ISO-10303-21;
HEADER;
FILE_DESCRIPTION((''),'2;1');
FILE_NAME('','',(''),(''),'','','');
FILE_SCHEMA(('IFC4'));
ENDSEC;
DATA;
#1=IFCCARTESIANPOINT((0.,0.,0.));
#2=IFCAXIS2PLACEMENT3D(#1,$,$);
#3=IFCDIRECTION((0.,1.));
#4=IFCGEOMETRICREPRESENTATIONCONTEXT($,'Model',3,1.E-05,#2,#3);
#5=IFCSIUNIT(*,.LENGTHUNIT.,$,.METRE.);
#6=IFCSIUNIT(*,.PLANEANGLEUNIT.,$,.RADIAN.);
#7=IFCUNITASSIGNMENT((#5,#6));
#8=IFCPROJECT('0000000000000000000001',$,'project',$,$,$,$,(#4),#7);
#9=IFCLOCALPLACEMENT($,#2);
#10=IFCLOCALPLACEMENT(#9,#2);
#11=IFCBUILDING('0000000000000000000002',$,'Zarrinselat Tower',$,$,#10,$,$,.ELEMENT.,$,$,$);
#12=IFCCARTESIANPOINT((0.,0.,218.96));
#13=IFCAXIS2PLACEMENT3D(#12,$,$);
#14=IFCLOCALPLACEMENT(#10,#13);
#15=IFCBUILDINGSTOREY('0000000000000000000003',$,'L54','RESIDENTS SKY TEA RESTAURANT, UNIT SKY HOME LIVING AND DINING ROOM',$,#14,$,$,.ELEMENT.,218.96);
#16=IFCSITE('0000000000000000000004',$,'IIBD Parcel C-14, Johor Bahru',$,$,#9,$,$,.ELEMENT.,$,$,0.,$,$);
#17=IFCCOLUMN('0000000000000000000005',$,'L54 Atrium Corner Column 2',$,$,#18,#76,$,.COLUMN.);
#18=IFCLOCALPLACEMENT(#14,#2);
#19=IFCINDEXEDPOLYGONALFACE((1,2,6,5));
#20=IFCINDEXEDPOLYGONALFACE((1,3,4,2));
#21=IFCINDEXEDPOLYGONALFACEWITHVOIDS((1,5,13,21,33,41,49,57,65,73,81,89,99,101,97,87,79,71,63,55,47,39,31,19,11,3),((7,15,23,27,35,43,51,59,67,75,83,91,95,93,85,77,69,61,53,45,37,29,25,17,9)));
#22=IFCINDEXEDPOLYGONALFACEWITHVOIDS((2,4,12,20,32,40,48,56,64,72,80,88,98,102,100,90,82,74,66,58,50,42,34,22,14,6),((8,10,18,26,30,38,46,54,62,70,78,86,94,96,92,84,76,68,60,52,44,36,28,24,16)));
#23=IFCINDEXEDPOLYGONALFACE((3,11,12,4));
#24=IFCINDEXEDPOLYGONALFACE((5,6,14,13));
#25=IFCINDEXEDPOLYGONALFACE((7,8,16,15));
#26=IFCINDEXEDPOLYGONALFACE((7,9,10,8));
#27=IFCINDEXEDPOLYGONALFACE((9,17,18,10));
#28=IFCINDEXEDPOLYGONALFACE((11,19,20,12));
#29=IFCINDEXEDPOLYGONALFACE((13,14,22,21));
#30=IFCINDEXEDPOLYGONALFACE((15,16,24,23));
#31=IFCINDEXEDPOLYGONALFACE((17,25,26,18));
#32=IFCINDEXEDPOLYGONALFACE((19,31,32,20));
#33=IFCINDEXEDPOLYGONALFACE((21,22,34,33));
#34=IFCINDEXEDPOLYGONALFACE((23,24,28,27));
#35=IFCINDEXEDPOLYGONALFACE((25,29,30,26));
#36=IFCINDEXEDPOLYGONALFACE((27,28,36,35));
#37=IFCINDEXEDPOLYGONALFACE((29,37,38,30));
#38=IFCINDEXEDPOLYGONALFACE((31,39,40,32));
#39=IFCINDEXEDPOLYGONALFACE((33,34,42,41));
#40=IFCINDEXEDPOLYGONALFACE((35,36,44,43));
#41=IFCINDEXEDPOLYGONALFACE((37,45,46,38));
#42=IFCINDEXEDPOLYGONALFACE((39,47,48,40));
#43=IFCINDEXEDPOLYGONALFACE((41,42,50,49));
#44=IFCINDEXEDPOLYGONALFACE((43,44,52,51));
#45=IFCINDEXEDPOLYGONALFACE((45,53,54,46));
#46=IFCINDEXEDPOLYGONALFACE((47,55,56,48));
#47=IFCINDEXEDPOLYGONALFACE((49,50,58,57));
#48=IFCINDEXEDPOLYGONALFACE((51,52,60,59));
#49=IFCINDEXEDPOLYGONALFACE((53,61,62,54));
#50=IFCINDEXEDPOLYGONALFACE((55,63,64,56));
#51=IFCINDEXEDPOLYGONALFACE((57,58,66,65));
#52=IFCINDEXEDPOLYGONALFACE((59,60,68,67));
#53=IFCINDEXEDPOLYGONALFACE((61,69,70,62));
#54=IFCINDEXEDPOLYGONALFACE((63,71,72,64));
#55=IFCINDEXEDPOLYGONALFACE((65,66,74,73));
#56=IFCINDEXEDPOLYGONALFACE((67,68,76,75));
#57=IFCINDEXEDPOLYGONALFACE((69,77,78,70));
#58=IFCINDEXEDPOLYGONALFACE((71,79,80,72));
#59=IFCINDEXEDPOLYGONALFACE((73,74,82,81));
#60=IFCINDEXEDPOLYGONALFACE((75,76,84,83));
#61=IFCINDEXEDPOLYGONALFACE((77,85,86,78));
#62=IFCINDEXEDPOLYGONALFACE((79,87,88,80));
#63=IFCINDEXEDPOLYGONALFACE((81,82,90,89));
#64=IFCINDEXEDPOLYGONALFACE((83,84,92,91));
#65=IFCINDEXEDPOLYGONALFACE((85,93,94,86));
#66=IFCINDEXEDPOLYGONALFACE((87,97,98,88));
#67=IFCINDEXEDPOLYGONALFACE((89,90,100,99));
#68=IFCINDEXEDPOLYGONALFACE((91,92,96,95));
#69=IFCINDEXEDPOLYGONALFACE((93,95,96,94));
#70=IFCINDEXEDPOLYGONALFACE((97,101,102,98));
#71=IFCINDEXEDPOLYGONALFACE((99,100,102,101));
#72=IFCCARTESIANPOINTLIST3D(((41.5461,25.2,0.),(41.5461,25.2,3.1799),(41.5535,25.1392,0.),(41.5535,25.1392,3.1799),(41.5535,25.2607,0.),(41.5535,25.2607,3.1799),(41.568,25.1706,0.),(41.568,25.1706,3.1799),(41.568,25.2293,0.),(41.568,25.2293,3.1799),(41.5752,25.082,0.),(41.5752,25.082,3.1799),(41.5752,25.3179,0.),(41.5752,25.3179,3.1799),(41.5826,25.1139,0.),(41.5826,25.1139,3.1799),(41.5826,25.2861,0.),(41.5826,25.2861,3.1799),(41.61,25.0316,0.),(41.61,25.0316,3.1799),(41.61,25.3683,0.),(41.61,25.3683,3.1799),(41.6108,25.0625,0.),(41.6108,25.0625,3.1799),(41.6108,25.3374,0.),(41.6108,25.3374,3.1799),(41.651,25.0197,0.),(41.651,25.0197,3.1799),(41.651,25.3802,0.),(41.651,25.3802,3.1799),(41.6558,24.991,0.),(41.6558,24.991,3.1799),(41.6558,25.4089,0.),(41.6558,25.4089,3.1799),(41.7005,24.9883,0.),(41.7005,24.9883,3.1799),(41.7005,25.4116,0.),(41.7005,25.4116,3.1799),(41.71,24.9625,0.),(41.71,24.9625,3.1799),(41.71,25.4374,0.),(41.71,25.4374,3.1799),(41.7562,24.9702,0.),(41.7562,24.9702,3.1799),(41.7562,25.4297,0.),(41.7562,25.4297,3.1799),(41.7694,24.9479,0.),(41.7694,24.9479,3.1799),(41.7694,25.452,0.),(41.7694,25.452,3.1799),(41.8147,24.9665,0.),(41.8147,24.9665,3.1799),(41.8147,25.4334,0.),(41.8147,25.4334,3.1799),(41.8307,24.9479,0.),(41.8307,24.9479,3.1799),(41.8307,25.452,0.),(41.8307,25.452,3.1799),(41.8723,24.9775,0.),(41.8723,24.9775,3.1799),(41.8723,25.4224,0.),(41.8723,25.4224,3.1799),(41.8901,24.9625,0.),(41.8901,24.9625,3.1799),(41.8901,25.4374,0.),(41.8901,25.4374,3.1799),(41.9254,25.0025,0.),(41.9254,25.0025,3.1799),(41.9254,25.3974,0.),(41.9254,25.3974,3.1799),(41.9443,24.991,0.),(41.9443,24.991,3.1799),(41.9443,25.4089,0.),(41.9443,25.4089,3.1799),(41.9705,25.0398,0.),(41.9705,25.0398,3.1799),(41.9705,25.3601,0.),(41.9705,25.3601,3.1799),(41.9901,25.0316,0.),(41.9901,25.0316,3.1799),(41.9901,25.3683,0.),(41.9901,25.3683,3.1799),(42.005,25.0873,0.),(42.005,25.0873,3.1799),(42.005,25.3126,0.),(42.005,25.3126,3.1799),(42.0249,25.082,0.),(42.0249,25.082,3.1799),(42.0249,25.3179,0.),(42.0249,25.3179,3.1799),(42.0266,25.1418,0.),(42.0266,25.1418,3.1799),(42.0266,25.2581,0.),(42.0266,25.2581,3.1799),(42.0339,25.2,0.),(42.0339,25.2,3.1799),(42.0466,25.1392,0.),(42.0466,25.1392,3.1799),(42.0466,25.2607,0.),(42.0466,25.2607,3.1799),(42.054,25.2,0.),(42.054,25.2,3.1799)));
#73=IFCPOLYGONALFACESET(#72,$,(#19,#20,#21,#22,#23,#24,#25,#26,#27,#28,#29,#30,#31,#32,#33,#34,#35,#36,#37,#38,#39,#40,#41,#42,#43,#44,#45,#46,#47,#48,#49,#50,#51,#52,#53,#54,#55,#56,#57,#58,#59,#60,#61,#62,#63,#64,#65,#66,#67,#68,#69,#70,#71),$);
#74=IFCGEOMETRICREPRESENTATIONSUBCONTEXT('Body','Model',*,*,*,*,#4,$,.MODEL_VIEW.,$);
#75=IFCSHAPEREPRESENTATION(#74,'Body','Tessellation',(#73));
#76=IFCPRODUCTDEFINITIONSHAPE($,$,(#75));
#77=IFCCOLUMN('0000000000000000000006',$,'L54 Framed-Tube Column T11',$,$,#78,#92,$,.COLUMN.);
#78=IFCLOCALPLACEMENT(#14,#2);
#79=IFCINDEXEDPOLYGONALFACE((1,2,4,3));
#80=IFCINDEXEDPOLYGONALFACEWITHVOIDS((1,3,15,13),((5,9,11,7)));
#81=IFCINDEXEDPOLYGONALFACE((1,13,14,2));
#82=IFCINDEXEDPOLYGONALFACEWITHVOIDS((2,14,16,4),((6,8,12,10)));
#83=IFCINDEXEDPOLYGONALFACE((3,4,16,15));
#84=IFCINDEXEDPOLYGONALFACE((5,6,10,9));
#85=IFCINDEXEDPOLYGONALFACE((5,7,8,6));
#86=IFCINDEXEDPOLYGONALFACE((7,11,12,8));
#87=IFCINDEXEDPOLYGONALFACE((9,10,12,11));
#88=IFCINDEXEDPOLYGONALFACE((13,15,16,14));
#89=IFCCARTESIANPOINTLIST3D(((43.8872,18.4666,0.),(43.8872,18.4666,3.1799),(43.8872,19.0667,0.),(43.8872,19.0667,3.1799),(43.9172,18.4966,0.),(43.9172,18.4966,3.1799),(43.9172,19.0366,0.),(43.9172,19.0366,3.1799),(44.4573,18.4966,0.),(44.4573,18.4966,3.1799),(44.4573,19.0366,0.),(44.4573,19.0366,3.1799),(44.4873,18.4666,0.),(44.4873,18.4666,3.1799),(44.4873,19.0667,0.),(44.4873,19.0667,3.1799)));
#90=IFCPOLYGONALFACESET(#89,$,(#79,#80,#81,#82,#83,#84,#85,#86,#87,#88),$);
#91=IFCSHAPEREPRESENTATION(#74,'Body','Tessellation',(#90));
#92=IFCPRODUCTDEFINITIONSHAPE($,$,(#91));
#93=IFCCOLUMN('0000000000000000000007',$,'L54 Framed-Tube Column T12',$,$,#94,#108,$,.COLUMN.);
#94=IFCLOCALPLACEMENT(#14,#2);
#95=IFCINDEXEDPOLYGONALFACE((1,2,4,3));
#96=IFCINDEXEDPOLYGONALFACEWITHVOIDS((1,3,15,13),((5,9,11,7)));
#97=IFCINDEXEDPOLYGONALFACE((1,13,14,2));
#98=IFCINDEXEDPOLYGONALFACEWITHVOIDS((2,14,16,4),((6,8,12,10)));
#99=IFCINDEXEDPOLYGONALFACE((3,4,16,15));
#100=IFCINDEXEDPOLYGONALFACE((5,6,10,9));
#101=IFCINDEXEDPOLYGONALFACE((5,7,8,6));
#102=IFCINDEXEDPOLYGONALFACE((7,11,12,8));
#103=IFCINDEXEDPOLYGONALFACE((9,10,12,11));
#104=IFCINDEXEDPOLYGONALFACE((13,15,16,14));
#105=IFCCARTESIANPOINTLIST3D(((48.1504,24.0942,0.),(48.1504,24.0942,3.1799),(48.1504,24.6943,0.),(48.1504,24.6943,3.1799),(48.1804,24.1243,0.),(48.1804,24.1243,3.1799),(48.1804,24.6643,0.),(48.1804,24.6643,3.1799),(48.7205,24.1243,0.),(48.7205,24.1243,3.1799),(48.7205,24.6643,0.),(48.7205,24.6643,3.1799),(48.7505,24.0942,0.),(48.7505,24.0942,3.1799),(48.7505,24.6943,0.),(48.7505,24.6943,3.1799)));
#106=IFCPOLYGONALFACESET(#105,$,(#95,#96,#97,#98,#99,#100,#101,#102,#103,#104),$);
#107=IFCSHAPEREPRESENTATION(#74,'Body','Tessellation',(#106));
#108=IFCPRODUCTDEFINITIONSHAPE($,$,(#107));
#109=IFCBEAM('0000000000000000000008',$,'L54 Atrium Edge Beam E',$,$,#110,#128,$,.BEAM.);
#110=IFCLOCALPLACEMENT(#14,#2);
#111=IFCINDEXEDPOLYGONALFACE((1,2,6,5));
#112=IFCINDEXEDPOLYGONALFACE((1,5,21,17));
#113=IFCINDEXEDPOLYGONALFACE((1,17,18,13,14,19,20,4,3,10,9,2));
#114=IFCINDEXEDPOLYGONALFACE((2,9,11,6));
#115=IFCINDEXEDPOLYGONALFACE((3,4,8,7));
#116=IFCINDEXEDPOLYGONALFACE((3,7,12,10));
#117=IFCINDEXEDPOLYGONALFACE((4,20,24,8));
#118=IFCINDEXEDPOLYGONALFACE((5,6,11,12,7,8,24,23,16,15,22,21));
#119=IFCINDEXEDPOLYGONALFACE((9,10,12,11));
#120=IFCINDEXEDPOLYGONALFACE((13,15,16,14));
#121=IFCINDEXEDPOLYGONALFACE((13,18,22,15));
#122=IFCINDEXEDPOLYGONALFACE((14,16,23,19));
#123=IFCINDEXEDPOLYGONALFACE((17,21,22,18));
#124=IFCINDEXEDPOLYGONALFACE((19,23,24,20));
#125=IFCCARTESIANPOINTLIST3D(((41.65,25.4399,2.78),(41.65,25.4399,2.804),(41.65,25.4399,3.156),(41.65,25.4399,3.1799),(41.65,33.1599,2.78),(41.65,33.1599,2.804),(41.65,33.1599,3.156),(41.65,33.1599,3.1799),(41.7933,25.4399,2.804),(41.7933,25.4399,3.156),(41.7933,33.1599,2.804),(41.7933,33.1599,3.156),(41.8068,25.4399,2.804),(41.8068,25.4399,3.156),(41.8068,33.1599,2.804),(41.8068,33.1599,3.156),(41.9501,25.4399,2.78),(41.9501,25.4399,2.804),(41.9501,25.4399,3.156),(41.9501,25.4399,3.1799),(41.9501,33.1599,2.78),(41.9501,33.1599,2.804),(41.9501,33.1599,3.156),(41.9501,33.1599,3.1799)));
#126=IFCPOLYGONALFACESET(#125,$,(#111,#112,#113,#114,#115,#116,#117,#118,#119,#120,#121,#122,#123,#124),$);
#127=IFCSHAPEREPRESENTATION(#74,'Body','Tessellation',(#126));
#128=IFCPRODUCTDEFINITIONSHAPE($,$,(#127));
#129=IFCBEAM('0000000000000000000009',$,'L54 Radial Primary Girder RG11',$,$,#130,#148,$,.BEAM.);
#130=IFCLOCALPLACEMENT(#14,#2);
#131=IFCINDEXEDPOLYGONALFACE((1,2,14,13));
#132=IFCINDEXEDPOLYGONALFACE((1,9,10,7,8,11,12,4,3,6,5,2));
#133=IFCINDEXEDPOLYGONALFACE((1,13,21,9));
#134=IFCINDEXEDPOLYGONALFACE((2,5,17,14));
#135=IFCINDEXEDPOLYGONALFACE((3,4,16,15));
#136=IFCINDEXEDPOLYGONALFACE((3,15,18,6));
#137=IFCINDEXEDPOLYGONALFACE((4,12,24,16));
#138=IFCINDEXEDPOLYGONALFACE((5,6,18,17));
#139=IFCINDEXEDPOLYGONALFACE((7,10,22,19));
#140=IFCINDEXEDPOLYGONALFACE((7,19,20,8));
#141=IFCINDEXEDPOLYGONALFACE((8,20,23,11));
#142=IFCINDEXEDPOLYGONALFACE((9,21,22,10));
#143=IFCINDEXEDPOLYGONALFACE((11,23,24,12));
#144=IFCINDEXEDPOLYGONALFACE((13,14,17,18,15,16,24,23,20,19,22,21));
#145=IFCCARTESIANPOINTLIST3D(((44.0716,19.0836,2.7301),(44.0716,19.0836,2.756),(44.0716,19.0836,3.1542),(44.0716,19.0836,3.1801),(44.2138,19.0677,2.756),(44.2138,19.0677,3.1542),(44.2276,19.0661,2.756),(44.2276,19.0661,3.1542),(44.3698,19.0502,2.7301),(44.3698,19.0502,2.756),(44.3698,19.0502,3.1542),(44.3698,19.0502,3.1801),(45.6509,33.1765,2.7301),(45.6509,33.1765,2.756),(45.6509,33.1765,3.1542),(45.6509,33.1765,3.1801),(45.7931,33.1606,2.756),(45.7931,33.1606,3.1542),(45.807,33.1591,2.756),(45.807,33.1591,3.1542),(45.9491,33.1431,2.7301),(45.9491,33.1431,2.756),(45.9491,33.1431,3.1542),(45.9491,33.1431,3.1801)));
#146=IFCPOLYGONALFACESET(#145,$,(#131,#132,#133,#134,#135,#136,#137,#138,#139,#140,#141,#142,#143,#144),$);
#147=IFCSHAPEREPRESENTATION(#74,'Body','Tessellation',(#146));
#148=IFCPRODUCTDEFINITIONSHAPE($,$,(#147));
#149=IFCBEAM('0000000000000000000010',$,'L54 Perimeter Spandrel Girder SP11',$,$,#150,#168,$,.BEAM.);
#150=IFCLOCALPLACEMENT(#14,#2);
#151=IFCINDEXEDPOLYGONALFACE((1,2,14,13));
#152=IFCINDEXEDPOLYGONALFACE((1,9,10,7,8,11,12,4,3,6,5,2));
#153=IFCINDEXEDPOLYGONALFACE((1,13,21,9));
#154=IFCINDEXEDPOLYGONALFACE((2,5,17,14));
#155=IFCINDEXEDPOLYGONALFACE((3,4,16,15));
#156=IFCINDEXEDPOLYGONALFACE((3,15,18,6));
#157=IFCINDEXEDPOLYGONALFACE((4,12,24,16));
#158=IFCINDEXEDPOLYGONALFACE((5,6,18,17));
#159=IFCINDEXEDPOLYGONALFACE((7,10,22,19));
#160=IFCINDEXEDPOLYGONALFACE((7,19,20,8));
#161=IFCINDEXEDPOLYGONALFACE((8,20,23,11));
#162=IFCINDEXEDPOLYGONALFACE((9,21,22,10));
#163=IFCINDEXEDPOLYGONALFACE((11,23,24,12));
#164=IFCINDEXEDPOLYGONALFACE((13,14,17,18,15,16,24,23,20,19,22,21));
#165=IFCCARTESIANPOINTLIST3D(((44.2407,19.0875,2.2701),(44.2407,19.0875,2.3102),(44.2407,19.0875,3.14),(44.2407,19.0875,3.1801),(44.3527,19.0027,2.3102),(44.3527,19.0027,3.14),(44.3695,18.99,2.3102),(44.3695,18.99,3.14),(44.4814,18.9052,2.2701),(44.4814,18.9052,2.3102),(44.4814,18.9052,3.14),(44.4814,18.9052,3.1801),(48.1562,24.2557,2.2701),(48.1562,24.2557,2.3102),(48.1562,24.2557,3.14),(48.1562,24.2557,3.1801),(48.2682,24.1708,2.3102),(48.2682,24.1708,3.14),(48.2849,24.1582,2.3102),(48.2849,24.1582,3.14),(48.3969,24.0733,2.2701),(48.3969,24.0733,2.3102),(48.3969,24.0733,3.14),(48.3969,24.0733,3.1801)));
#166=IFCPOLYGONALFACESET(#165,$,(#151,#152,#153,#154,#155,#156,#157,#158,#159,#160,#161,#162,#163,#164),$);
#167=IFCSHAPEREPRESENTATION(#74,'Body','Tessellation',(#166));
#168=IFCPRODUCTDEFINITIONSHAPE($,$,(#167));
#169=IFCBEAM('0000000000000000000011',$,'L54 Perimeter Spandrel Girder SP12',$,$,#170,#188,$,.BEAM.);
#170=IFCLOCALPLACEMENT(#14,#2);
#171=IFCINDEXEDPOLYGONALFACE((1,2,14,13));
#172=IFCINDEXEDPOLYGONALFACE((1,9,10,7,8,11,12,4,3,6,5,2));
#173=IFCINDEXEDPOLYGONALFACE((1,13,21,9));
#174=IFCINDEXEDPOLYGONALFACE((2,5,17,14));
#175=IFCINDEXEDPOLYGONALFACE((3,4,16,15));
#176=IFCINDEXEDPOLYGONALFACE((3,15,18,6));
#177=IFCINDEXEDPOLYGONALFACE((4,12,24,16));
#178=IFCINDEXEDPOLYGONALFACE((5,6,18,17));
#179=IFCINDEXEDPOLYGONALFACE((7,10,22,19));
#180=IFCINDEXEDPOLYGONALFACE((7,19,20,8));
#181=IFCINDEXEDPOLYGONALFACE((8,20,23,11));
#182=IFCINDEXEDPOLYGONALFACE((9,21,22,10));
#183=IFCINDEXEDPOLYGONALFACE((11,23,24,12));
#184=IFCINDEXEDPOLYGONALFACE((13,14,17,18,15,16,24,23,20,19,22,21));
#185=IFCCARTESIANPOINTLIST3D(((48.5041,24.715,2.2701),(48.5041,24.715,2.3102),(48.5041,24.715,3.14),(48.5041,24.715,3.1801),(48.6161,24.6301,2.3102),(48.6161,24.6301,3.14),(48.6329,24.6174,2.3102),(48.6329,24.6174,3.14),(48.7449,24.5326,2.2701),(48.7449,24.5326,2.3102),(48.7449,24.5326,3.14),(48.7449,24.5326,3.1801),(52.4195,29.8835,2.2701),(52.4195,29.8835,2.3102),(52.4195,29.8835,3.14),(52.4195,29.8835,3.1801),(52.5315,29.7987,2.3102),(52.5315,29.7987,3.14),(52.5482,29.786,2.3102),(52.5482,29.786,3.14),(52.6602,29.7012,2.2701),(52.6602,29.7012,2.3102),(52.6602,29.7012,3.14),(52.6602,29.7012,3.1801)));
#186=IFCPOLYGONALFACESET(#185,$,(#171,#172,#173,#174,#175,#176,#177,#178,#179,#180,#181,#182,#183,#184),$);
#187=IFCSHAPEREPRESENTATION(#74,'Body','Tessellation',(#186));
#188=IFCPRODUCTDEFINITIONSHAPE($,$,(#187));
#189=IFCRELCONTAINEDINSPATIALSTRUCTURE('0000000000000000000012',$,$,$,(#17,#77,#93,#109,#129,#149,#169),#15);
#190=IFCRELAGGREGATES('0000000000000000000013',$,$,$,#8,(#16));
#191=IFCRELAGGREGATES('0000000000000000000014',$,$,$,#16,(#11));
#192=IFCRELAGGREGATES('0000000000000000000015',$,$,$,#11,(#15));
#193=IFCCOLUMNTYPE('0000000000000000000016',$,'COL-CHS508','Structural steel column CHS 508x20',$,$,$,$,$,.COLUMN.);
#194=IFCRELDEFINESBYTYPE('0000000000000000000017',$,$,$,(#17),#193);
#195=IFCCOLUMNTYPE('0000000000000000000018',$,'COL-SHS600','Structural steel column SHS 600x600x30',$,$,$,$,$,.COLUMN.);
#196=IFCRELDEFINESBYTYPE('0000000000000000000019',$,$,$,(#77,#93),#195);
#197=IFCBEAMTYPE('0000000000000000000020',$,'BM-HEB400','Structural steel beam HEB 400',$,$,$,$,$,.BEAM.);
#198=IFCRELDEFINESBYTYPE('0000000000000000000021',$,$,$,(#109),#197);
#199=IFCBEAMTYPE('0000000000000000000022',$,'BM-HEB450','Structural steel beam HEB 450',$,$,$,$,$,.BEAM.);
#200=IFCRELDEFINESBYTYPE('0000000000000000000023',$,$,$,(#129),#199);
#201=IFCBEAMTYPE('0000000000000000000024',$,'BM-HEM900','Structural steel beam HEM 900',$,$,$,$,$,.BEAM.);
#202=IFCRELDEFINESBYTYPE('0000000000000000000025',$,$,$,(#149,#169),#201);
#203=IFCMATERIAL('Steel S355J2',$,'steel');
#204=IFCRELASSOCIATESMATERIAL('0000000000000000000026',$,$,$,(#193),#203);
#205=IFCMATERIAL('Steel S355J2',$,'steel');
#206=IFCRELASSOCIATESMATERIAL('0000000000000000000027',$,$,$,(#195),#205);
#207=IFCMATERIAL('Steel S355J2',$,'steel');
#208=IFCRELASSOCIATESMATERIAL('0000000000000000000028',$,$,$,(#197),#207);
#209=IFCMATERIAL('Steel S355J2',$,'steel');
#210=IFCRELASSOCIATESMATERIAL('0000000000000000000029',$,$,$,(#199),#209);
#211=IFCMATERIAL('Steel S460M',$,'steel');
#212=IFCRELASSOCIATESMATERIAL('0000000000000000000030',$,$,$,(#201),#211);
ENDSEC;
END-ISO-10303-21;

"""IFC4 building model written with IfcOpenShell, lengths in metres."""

from ifc_helpers import new_model, si_unit, direction, frame, origin, origin_2d, place, context, subcontext, project, spatial, hollow_rectangle, hollow_circle, i_section, extrude, material, material_profile, profile_set, type_object, element, save


model = new_model("IFC4")

# Units and contexts
model_context = context("Model", 3, precision=1e-05, world=origin(), true_north=direction((0.0, 1.0)))
body_context = subcontext(model_context, "Body", "Model", "MODEL_VIEW")
ifc_project = project(units=[si_unit("LENGTHUNIT", "METRE"), si_unit("PLANEANGLEUNIT", "RADIAN")], contexts=[model_context])

# Site, building, storey
site_placement = place(None, origin())
site = spatial("IfcSite", under=ifc_project, at=site_placement, Name="IIBD Parcel C-14, Johor Bahru", CompositionType="ELEMENT", RefElevation=0.0)
building_placement = place(site_placement, origin())
building = spatial("IfcBuilding", under=site, at=building_placement, Name="Zarrinselat Tower", CompositionType="ELEMENT")
storey_placement = place(building_placement, frame((0.0, 0.0, 218.96)))
storey = spatial("IfcBuildingStorey", under=building, at=storey_placement, Name="L54", Description="RESIDENTS SKY TEA RESTAURANT, UNIT SKY HOME LIVING AND DINING ROOM", CompositionType="ELEMENT", Elevation=218.96)

# Columns
ifc_material_1 = material(Name="Steel S355J2", Category="steel")
ifc_material_profile_1 = material_profile(ifc_material_1, hollow_circle(Radius=0.2539, WallThickness=0.02, at=origin_2d()), Name="CHS 508x20")
ifc_profile_set_1 = profile_set([ifc_material_profile_1], Name="Steel S355J2")
column_type_1 = type_object("IfcColumnType", Name="COL-CHS508", Description="Structural steel column CHS 508x20", PredefinedType="COLUMN", material=ifc_profile_set_1)
column_placement = place(storey_placement, frame((41.8, 25.2, 0.0), z_axis=(0.0, 0.0, 1.0), x_axis=(1.0, 0.0, 0.0)))
element("IfcColumn", 1, at=column_placement, inside=storey, type_object=column_type_1, Name="L54 Atrium Corner Column 2", PredefinedType="COLUMN", context=body_context, shape_type="SweptSolid", body=[
    extrude(hollow_circle(Radius=0.2539, WallThickness=0.02, at=origin_2d()), origin(), (0.0, 0.0, 1.0), 3.1799),
])
ifc_material_2 = material(Name="Steel S355J2", Category="steel")
ifc_material_profile_2 = material_profile(ifc_material_2, hollow_rectangle(XDim=0.6001, YDim=0.6001, WallThickness=0.03, at=origin_2d()), Name="SHS 600x600x30")
ifc_profile_set_2 = profile_set([ifc_material_profile_2], Name="Steel S355J2")
column_type_2 = type_object("IfcColumnType", Name="COL-SHS600", Description="Structural steel column SHS 600x600x30", PredefinedType="COLUMN", material=ifc_profile_set_2)
for number, where, z_axis, x_axis, name in (
    (2, (44.1873, 18.7666, 0.0), (0.0, 0.0, 1.0), (1.0, 0.0, 0.0), "L54 Framed-Tube Column T11"),
    (3, (48.4504, 24.3943, 0.0), (0.0, 0.0, 1.0), (1.0, 0.0, 0.0), "L54 Framed-Tube Column T12"),
):
    element("IfcColumn", number, at=place(storey_placement, frame(where, z_axis=z_axis, x_axis=x_axis)), inside=storey, type_object=column_type_2, Name=name, PredefinedType="COLUMN", context=body_context, shape_type="SweptSolid", body=[
        extrude(hollow_rectangle(XDim=0.6001, YDim=0.6001, WallThickness=0.03, at=origin_2d()), origin(), (0.0, 0.0, 1.0), 3.1799),
    ])

# Beams
ifc_material_3 = material(Name="Steel S355J2", Category="steel")
ifc_material_profile_3 = material_profile(ifc_material_3, i_section(OverallWidth=0.3, OverallDepth=0.3999, WebThickness=0.0134, FlangeThickness=0.0239, at=origin_2d()), Name="HEB 400")
ifc_profile_set_3 = profile_set([ifc_material_profile_3], Name="Steel S355J2")
beam_type_1 = type_object("IfcBeamType", Name="BM-HEB400", Description="Structural steel beam HEB 400", PredefinedType="BEAM", material=ifc_profile_set_3)
beam_1_placement = place(storey_placement, frame((41.8, 25.4399, 2.98), z_axis=(0.0, 1.0, 0.0), x_axis=(-1.0, 0.0, 0.0)))
element("IfcBeam", 4, at=beam_1_placement, inside=storey, type_object=beam_type_1, Name="L54 Atrium Edge Beam E", PredefinedType="BEAM", context=body_context, shape_type="SweptSolid", body=[
    extrude(i_section(OverallWidth=0.3, OverallDepth=0.3999, WebThickness=0.0134, FlangeThickness=0.0239, at=origin_2d()), origin(), (0.0, 0.0, 1.0), 7.72),
])
ifc_material_4 = material(Name="Steel S355J2", Category="steel")
ifc_material_profile_4 = material_profile(ifc_material_4, i_section(OverallWidth=0.3, OverallDepth=0.45, WebThickness=0.0139, FlangeThickness=0.0259, at=origin_2d()), Name="HEB 450")
ifc_profile_set_4 = profile_set([ifc_material_profile_4], Name="Steel S355J2")
beam_type_2 = type_object("IfcBeamType", Name="BM-HEB450", Description="Structural steel beam HEB 450", PredefinedType="BEAM", material=ifc_profile_set_4)
beam_2_placement = place(storey_placement, frame((44.2207, 19.0669, 2.9551), z_axis=(0.111369, 0.993779, 0.0), x_axis=(-0.993779, 0.111369, 0.0)))
element("IfcBeam", 5, at=beam_2_placement, inside=storey, type_object=beam_type_2, Name="L54 Radial Primary Girder RG11", PredefinedType="BEAM", context=body_context, shape_type="SweptSolid", body=[
    extrude(i_section(OverallWidth=0.3, OverallDepth=0.45, WebThickness=0.0139, FlangeThickness=0.0259, at=origin_2d()), origin(), (0.0, 0.0, 1.0), 14.1812),
])
ifc_material_5 = material(Name="Steel S460M", Category="steel")
ifc_material_profile_5 = material_profile(ifc_material_5, i_section(OverallWidth=0.302, OverallDepth=0.9099, WebThickness=0.021, FlangeThickness=0.04, at=origin_2d()), Name="HEM 900")
ifc_profile_set_5 = profile_set([ifc_material_profile_5], Name="Steel S460M")
beam_type_3 = type_object("IfcBeamType", Name="BM-HEM900", Description="Structural steel beam HEM 900", PredefinedType="BEAM", material=ifc_profile_set_5)
beam_3_placement = place(storey_placement, frame((44.3611, 18.9963, 2.7251), z_axis=(0.603879, 0.797076, 0.0), x_axis=(-0.797076, 0.603879, 0.0)))
element("IfcBeam", 6, at=beam_3_placement, inside=storey, type_object=beam_type_3, Name="L54 Perimeter Spandrel Girder SP11", PredefinedType="BEAM", context=body_context, shape_type="SweptSolid", body=[
    extrude(i_section(OverallWidth=0.302, OverallDepth=0.9099, WebThickness=0.021, FlangeThickness=0.04, at=origin_2d()), origin(), (0.0, 0.0, 1.0), 6.4839),
])
beam_4_placement = place(storey_placement, frame((48.6245, 24.6238, 2.7251), z_axis=(0.603837, 0.797108, 0.0), x_axis=(-0.797108, 0.603837, 0.0)))
element("IfcBeam", 7, at=beam_4_placement, inside=storey, type_object=beam_type_3, Name="L54 Perimeter Spandrel Girder SP12", PredefinedType="BEAM", context=body_context, shape_type="SweptSolid", body=[
    extrude(i_section(OverallWidth=0.302, OverallDepth=0.9099, WebThickness=0.021, FlangeThickness=0.04, at=origin_2d()), origin(), (0.0, 0.0, 1.0), 6.4841),
])

save(model, "model.ifc")
